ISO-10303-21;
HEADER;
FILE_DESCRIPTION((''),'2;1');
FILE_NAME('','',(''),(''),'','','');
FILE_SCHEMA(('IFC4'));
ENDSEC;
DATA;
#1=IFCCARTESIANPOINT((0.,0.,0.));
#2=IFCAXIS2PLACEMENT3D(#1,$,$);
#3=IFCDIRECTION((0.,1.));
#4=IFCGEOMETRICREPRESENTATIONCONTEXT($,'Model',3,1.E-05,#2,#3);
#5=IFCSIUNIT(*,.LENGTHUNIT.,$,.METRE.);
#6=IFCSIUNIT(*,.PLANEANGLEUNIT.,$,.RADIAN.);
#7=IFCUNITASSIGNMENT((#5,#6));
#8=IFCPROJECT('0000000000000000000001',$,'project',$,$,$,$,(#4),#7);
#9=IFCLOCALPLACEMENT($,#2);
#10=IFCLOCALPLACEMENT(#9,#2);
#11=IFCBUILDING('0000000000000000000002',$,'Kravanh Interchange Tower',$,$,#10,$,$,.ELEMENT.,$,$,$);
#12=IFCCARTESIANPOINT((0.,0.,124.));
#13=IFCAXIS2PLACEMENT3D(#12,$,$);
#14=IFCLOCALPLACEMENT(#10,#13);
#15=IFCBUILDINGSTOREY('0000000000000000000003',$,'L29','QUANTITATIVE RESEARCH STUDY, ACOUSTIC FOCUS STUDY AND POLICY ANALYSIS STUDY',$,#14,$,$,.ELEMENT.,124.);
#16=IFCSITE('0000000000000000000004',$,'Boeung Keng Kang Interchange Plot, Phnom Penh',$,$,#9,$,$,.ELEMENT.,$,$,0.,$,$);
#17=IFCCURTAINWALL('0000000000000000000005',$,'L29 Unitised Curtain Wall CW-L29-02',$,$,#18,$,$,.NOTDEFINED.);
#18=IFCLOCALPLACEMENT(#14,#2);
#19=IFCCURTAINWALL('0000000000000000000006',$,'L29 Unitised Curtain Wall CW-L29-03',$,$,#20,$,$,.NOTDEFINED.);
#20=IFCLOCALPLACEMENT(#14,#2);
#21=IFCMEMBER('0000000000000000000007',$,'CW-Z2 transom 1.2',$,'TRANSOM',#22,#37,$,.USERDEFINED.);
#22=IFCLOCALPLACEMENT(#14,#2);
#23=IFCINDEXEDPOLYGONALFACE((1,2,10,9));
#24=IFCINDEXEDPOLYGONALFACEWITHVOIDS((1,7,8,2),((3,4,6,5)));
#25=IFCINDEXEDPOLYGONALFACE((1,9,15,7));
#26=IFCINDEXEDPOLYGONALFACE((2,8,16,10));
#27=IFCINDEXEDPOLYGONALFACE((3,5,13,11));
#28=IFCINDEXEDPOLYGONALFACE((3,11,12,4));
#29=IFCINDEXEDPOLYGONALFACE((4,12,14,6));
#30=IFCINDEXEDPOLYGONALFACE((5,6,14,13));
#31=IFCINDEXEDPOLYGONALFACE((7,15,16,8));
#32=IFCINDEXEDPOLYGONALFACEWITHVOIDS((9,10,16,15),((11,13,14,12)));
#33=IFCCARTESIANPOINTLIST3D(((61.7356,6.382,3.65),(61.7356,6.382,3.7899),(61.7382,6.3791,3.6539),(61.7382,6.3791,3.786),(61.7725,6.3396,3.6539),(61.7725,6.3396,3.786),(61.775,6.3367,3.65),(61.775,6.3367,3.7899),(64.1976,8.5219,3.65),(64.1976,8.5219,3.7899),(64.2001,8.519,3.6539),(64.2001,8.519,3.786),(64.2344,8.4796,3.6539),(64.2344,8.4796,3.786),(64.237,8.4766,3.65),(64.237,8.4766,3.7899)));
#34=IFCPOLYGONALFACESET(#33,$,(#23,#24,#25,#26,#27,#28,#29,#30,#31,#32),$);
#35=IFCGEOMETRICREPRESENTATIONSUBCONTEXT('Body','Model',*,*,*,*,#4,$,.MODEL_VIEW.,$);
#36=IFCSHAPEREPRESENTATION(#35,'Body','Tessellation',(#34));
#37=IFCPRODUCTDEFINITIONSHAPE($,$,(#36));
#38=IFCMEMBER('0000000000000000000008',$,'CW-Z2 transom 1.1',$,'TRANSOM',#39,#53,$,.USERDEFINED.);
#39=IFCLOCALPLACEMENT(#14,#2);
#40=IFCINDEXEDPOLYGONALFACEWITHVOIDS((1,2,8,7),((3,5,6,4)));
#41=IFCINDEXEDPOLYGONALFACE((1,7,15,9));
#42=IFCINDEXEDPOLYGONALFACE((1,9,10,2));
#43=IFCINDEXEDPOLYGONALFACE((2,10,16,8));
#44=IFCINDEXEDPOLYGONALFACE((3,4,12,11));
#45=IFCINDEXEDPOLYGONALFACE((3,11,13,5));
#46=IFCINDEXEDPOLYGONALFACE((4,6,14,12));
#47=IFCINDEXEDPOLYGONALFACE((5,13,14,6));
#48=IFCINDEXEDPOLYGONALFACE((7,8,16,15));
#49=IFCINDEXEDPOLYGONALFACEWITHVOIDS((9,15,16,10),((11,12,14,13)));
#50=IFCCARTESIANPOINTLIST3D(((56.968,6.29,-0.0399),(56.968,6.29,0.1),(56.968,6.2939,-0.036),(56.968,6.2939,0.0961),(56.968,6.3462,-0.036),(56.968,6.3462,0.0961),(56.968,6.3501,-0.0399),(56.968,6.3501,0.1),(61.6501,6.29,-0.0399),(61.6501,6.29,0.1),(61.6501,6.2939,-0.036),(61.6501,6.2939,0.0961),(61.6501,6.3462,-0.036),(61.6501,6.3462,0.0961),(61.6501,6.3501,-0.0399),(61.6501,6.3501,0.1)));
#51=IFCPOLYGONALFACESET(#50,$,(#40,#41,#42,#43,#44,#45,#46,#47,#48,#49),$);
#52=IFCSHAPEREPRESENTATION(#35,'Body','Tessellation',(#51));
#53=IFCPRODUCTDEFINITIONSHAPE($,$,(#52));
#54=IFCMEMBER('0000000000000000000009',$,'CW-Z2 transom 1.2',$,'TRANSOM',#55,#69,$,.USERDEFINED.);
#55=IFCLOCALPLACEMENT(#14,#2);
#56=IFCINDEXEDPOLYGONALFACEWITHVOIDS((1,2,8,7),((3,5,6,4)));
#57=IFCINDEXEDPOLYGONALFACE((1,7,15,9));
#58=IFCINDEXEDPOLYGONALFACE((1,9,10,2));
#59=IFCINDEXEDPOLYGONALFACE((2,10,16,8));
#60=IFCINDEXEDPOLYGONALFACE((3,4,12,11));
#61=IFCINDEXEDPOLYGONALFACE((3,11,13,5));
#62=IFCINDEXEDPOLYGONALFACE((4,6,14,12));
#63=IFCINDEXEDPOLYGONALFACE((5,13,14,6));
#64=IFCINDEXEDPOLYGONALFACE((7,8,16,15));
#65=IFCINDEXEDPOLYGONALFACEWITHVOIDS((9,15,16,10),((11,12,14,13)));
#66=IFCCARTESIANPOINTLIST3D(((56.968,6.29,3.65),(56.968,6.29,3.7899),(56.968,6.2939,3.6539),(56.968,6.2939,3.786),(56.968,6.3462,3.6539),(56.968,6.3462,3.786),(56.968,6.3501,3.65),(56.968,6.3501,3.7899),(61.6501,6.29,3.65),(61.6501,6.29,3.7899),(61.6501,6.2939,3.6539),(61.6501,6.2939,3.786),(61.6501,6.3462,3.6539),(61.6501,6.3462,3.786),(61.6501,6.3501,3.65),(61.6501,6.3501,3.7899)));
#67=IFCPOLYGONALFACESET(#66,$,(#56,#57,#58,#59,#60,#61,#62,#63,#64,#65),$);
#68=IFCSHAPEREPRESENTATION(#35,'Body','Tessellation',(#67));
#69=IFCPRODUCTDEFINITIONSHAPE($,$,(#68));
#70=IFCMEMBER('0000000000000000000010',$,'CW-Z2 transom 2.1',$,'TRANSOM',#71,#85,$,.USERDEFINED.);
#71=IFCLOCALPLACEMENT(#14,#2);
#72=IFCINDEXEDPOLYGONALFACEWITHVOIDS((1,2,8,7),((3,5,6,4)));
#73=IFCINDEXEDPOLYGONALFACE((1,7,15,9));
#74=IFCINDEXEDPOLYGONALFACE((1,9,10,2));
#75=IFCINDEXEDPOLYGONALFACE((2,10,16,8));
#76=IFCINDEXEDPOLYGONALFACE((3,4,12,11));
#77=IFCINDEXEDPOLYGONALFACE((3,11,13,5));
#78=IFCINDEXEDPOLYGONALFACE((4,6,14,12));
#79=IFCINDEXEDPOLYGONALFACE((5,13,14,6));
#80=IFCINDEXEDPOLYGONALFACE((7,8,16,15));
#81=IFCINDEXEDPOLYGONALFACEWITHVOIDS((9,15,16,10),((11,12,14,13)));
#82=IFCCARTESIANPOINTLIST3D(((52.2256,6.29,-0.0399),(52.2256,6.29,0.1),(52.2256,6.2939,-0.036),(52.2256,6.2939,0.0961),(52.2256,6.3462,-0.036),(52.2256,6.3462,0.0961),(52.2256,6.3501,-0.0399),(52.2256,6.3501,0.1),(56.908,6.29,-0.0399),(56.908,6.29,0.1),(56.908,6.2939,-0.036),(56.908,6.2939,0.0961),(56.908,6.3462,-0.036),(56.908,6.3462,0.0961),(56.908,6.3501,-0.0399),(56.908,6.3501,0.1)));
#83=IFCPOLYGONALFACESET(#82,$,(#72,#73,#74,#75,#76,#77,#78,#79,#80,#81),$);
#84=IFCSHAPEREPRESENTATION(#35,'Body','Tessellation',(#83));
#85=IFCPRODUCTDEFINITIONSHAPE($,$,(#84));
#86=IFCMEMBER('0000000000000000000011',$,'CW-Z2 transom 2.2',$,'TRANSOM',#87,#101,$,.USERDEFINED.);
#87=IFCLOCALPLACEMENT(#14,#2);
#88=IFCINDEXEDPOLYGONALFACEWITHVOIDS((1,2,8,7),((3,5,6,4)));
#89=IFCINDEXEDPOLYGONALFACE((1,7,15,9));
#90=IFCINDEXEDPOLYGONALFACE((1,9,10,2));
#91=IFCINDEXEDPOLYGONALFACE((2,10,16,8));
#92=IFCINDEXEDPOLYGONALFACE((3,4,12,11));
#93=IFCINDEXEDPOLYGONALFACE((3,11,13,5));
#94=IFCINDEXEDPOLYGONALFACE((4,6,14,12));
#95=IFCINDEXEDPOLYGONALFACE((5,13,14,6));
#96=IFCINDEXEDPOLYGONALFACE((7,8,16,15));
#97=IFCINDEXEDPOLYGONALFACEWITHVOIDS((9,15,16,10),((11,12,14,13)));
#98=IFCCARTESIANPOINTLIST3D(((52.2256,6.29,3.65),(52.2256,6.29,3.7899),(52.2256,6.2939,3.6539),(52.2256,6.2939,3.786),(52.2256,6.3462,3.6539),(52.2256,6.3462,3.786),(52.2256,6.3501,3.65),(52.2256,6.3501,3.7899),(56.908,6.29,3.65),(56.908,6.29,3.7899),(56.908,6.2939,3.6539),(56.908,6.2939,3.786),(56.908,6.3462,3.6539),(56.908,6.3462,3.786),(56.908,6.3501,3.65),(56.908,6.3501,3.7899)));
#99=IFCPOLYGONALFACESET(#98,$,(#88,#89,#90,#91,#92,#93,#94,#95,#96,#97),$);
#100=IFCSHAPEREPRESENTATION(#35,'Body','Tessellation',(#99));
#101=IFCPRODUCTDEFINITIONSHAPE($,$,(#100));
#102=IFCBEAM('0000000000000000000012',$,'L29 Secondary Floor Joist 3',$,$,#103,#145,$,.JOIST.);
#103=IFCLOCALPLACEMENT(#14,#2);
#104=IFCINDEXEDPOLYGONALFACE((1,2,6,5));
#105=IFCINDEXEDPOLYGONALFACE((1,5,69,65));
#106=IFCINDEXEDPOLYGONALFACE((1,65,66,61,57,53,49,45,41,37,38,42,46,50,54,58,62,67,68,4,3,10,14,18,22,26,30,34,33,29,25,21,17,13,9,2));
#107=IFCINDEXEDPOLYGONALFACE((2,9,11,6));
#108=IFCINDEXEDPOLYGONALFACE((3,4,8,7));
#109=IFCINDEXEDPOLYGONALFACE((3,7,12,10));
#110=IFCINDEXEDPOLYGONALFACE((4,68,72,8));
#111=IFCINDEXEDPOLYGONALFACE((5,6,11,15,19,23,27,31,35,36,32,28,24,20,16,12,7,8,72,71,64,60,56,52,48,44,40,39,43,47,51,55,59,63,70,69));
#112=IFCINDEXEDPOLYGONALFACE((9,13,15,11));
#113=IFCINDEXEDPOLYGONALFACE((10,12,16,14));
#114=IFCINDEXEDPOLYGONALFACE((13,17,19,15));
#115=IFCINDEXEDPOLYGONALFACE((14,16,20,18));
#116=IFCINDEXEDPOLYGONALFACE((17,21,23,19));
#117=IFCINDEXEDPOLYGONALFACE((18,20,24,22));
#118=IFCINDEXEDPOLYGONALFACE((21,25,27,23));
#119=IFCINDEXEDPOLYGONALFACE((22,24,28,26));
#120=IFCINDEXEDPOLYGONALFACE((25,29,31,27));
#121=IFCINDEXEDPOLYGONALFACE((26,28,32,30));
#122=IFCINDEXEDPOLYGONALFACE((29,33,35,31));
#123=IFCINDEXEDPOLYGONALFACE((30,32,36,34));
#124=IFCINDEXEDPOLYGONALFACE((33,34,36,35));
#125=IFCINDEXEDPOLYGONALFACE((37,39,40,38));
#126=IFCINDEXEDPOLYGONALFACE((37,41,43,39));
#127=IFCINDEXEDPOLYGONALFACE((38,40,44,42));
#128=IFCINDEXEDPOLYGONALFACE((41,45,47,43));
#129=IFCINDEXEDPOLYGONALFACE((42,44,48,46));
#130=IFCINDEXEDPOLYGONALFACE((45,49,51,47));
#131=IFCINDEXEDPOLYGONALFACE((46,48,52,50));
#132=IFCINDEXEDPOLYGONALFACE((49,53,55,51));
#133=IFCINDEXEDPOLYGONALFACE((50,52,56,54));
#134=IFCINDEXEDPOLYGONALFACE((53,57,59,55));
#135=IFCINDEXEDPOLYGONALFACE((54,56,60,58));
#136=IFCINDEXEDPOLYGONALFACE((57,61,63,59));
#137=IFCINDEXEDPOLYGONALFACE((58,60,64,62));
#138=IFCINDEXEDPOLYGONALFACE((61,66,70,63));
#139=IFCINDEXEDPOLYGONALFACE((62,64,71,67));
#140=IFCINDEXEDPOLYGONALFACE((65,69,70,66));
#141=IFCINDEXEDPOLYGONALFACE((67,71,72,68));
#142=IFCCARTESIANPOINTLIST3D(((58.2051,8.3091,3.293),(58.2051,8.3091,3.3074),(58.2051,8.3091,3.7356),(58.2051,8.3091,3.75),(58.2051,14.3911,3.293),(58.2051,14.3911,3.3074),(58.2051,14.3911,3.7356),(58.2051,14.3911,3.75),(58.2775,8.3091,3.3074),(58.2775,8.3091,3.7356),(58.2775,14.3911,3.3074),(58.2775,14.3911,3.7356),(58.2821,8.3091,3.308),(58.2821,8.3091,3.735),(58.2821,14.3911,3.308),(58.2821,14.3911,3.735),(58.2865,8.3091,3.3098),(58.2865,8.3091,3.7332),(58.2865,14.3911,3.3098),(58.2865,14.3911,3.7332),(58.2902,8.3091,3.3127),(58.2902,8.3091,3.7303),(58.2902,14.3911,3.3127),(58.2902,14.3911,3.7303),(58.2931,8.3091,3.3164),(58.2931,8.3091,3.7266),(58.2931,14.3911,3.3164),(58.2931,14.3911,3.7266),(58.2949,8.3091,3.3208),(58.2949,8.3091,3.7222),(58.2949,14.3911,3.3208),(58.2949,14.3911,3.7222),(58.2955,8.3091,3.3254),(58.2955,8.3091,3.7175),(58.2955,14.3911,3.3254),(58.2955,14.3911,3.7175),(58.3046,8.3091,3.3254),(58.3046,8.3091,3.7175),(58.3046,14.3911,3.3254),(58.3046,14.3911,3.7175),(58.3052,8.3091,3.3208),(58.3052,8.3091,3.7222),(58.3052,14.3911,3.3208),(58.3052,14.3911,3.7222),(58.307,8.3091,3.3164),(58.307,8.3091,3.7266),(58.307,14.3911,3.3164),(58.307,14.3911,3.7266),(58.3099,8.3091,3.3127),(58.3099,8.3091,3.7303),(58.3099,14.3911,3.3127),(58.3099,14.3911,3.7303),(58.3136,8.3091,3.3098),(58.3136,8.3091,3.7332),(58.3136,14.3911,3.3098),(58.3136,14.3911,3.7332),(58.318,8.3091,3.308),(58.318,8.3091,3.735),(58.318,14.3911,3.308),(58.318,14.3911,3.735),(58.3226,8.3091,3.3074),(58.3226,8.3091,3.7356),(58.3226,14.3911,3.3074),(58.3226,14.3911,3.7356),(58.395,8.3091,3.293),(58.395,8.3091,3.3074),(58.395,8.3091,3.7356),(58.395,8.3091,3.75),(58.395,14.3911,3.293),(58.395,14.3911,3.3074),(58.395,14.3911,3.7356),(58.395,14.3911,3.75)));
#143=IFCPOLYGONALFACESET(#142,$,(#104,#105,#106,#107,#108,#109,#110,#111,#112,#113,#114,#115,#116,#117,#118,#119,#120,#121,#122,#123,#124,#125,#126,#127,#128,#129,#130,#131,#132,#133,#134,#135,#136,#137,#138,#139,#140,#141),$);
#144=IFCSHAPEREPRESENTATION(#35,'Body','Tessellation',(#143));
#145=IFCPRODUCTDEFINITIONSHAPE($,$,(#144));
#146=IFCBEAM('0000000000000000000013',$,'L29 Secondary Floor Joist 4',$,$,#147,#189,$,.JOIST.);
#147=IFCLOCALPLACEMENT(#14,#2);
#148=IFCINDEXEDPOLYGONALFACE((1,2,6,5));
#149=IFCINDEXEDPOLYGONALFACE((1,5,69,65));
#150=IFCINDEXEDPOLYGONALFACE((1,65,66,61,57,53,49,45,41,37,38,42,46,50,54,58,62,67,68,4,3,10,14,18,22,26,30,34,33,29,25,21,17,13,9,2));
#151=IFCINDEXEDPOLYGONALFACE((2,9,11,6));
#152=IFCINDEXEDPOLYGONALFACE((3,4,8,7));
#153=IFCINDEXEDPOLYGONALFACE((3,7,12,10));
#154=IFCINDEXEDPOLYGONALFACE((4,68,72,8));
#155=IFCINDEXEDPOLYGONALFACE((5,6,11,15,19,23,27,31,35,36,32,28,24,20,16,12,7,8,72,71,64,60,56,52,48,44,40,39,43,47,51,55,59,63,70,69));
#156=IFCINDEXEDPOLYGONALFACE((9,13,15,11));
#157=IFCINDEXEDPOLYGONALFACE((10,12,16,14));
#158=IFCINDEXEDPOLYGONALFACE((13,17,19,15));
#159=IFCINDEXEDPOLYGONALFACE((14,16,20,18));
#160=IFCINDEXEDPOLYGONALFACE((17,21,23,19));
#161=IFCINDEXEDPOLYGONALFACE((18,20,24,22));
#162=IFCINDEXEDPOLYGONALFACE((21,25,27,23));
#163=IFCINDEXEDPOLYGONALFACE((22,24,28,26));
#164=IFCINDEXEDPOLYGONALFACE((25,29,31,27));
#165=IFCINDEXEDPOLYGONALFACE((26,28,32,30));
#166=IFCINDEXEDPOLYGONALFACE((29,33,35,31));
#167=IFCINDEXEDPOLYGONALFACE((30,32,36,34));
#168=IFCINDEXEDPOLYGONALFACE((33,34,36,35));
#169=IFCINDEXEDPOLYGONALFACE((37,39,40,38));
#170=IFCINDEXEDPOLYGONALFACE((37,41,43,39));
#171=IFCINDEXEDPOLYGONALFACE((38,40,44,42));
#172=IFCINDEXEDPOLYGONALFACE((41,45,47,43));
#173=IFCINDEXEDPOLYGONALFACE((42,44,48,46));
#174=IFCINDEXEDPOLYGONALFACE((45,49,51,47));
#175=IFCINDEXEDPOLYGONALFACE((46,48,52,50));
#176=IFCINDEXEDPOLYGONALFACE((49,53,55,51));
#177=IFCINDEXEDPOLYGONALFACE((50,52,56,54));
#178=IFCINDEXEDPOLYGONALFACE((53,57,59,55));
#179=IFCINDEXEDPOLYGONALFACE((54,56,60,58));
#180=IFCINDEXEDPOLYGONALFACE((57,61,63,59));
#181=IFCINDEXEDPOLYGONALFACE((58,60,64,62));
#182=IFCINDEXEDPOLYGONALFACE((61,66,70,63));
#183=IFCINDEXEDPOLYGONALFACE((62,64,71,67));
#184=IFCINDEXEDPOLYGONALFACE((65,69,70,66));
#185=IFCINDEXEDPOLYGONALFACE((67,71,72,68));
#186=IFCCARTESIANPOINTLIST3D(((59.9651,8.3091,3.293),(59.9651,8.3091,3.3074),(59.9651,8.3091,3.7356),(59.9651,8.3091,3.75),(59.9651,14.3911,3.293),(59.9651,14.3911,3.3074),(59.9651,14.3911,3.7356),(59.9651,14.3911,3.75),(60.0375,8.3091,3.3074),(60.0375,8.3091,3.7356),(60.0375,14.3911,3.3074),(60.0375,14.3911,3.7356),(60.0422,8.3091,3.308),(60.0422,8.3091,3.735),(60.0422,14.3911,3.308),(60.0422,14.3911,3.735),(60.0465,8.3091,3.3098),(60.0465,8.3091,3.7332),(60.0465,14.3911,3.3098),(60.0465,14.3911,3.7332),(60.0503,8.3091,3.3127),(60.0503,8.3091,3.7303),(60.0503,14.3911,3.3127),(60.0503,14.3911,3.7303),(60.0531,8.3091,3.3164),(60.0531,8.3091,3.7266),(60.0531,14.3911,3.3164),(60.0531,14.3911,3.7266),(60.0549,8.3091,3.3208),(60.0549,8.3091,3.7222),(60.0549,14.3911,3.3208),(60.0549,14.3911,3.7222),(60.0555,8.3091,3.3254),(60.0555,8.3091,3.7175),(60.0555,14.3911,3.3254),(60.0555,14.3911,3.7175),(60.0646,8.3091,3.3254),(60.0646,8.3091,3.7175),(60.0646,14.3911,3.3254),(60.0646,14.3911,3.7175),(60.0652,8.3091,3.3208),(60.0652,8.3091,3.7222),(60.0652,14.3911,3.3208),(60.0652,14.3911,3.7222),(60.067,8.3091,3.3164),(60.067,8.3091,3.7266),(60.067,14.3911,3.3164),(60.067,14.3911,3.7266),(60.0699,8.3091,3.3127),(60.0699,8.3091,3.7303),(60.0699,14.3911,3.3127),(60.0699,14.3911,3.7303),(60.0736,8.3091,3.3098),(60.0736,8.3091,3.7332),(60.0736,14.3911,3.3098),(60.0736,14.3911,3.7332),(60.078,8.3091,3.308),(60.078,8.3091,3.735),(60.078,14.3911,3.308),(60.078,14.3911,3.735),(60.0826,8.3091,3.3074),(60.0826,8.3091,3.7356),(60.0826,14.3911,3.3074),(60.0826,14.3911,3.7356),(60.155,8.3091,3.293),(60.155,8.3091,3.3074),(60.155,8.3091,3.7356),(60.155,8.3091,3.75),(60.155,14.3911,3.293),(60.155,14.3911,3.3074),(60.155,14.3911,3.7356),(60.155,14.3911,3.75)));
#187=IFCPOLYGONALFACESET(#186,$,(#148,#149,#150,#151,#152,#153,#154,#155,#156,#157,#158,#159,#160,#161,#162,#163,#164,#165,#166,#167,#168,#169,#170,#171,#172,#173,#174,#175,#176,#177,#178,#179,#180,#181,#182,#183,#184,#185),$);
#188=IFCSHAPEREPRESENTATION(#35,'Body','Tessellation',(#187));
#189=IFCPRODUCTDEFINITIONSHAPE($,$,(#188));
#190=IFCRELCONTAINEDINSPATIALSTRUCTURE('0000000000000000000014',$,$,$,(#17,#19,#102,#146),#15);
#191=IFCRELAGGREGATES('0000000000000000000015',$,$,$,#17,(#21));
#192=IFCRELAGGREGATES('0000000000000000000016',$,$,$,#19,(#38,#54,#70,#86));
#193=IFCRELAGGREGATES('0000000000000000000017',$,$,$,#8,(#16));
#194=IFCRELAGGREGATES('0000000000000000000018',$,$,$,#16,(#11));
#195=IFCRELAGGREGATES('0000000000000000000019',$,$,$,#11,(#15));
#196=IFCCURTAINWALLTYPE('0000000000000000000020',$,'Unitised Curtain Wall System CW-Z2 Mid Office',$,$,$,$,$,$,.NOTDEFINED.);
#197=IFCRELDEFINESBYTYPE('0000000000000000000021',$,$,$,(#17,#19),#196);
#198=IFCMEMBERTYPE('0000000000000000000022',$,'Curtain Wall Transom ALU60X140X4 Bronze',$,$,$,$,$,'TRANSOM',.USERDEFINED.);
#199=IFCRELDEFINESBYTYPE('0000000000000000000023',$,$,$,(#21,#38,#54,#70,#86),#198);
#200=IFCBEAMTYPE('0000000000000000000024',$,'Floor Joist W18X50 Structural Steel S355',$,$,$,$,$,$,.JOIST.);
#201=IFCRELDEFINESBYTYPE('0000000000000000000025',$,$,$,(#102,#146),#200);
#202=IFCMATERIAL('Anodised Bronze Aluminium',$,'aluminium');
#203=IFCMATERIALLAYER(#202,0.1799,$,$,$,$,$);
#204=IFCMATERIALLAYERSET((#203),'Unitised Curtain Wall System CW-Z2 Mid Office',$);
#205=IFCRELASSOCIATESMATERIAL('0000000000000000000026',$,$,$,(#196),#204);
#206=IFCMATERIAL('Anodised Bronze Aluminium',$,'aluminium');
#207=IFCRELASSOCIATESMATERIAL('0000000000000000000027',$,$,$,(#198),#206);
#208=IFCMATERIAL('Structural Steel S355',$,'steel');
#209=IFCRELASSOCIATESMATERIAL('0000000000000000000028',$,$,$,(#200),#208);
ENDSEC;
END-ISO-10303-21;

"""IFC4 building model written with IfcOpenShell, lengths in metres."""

from ifc_helpers import new_model, si_unit, direction, frame, origin, origin_2d, place, context, subcontext, project, spatial, hollow_rectangle, i_section, extrude, material, layer, layer_set, material_profile, profile_set, type_object, element, aggregate, save


model = new_model("IFC4")

# Units and contexts
model_context = context("Model", 3, precision=1e-05, world=origin(), true_north=direction((0.0, 1.0)))
body_context = subcontext(model_context, "Body", "Model", "MODEL_VIEW")
ifc_project = project(units=[si_unit("LENGTHUNIT", "METRE"), si_unit("PLANEANGLEUNIT", "RADIAN")], contexts=[model_context])

# Site, building, storey
site_placement = place(None, origin())
site = spatial("IfcSite", under=ifc_project, at=site_placement, Name="Boeung Keng Kang Interchange Plot, Phnom Penh", CompositionType="ELEMENT", RefElevation=0.0)
building_placement = place(site_placement, origin())
building = spatial("IfcBuilding", under=site, at=building_placement, Name="Kravanh Interchange Tower", CompositionType="ELEMENT")
storey_placement = place(building_placement, frame((0.0, 0.0, 124.0)))
storey = spatial("IfcBuildingStorey", under=building, at=storey_placement, Name="L29", Description="QUANTITATIVE RESEARCH STUDY, ACOUSTIC FOCUS STUDY AND POLICY ANALYSIS STUDY", CompositionType="ELEMENT", Elevation=124.0)

# Curtain walls
ifc_material_1 = material(Name="Anodised Bronze Aluminium", Category="aluminium")
ifc_layer_1 = layer(ifc_material_1, 0.1799)
ifc_layer_set_1 = layer_set([ifc_layer_1], Name="Unitised Curtain Wall System CW-Z2 Mid Office")
curtain_wall_type = type_object("IfcCurtainWallType", Name="Unitised Curtain Wall System CW-Z2 Mid Office", PredefinedType="NOTDEFINED", material=ifc_layer_set_1)
curtain_wall_1_placement = place(storey_placement, origin())
curtain_wall_1 = element("IfcCurtainWall", 1, at=curtain_wall_1_placement, inside=storey, type_object=curtain_wall_type, Name="L29 Unitised Curtain Wall CW-L29-02", PredefinedType="NOTDEFINED")
curtain_wall_2_placement = place(storey_placement, origin())
curtain_wall_2 = element("IfcCurtainWall", 2, at=curtain_wall_2_placement, inside=storey, type_object=curtain_wall_type, Name="L29 Unitised Curtain Wall CW-L29-03", PredefinedType="NOTDEFINED")

# Members
ifc_material_2 = material(Name="Anodised Bronze Aluminium", Category="aluminium")
ifc_material_profile_1 = material_profile(ifc_material_2, hollow_rectangle(XDim=0.0601, YDim=0.1399, WallThickness=0.0039, at=origin_2d()), Name="ALU60X140X4")
ifc_profile_set_1 = profile_set([ifc_material_profile_1], Name="Anodised Bronze Aluminium")
member_type_1 = type_object("IfcMemberType", Name="Curtain Wall Transom ALU60X140X4 Bronze", ElementType="TRANSOM", PredefinedType="USERDEFINED", material=ifc_profile_set_1)
member_1_placement = place(storey_placement, frame((64.2173, 8.4993, 3.72), z_axis=(-0.754742, -0.656021, 0.0), x_axis=(0.656021, -0.754742, 0.0)))
member_1 = element("IfcMember", 3, at=member_1_placement, type_object=member_type_1, Name="CW-Z2 transom 1.2", ObjectType="TRANSOM", PredefinedType="USERDEFINED", context=body_context, shape_type="SweptSolid", body=[
    extrude(hollow_rectangle(XDim=0.0601, YDim=0.1399, WallThickness=0.0039, at=origin_2d()), origin(), (0.0, 0.0, 1.0), 3.262),
])
member_2_placement = place(storey_placement, frame((61.6501, 6.3201, 0.03), z_axis=(-1.0, 0.0, 0.0), x_axis=(0.0, -1.0, 0.0)))
member_2 = element("IfcMember", 4, at=member_2_placement, type_object=member_type_1, Name="CW-Z2 transom 1.1", ObjectType="TRANSOM", PredefinedType="USERDEFINED", context=body_context, shape_type="SweptSolid", body=[
    extrude(hollow_rectangle(XDim=0.0601, YDim=0.1399, WallThickness=0.0039, at=origin_2d()), origin(), (0.0, 0.0, 1.0), 4.6821),
])
member_3_placement = place(storey_placement, frame((61.6501, 6.3201, 3.72), z_axis=(-1.0, 0.0, 0.0), x_axis=(0.0, -1.0, 0.0)))
member_3 = element("IfcMember", 5, at=member_3_placement, type_object=member_type_1, Name="CW-Z2 transom 1.2", ObjectType="TRANSOM", PredefinedType="USERDEFINED", context=body_context, shape_type="SweptSolid", body=[
    extrude(hollow_rectangle(XDim=0.0601, YDim=0.1399, WallThickness=0.0039, at=origin_2d()), origin(), (0.0, 0.0, 1.0), 4.6821),
])
member_4_placement = place(storey_placement, frame((56.908, 6.3201, 0.03), z_axis=(-1.0, 0.0, 0.0), x_axis=(0.0, -1.0, 0.0)))
member_4 = element("IfcMember", 6, at=member_4_placement, type_object=member_type_1, Name="CW-Z2 transom 2.1", ObjectType="TRANSOM", PredefinedType="USERDEFINED", context=body_context, shape_type="SweptSolid", body=[
    extrude(hollow_rectangle(XDim=0.0601, YDim=0.1399, WallThickness=0.0039, at=origin_2d()), origin(), (0.0, 0.0, 1.0), 4.6824),
])
member_5_placement = place(storey_placement, frame((56.908, 6.3201, 3.72), z_axis=(-1.0, 0.0, 0.0), x_axis=(0.0, -1.0, 0.0)))
member_5 = element("IfcMember", 7, at=member_5_placement, type_object=member_type_1, Name="CW-Z2 transom 2.2", ObjectType="TRANSOM", PredefinedType="USERDEFINED", context=body_context, shape_type="SweptSolid", body=[
    extrude(hollow_rectangle(XDim=0.0601, YDim=0.1399, WallThickness=0.0039, at=origin_2d()), origin(), (0.0, 0.0, 1.0), 4.6824),
])

# Beams
ifc_material_3 = material(Name="Structural Steel S355", Category="steel")
ifc_material_profile_2 = material_profile(ifc_material_3, i_section(OverallWidth=0.1899, OverallDepth=0.457, WebThickness=0.009, FlangeThickness=0.0144, FilletRadius=0.0181, at=origin_2d()), Name="W18X50")
ifc_profile_set_2 = profile_set([ifc_material_profile_2], Name="Structural Steel S355")
beam_type_1 = type_object("IfcBeamType", Name="Floor Joist W18X50 Structural Steel S355", PredefinedType="JOIST", material=ifc_profile_set_2)
for number, where, z_axis, x_axis, name in (
    (8, (58.3, 8.3091, 3.5215), (0.0, 1.0, 0.0), (-1.0, 0.0, 0.0), "L29 Secondary Floor Joist 3"),
    (9, (60.0601, 8.3091, 3.5215), (0.0, 1.0, 0.0), (-1.0, 0.0, 0.0), "L29 Secondary Floor Joist 4"),
):
    element("IfcBeam", number, at=place(storey_placement, frame(where, z_axis=z_axis, x_axis=x_axis)), inside=storey, type_object=beam_type_1, Name=name, PredefinedType="JOIST", context=body_context, shape_type="SweptSolid", body=[
        extrude(i_section(OverallWidth=0.1899, OverallDepth=0.457, WebThickness=0.009, FlangeThickness=0.0144, FilletRadius=0.0181, at=origin_2d()), origin(), (0.0, 0.0, 1.0), 6.082),
    ])

aggregate(curtain_wall_1, [member_1])
aggregate(curtain_wall_2, [member_2, member_3, member_4, member_5])

save(model, "model.ifc")
